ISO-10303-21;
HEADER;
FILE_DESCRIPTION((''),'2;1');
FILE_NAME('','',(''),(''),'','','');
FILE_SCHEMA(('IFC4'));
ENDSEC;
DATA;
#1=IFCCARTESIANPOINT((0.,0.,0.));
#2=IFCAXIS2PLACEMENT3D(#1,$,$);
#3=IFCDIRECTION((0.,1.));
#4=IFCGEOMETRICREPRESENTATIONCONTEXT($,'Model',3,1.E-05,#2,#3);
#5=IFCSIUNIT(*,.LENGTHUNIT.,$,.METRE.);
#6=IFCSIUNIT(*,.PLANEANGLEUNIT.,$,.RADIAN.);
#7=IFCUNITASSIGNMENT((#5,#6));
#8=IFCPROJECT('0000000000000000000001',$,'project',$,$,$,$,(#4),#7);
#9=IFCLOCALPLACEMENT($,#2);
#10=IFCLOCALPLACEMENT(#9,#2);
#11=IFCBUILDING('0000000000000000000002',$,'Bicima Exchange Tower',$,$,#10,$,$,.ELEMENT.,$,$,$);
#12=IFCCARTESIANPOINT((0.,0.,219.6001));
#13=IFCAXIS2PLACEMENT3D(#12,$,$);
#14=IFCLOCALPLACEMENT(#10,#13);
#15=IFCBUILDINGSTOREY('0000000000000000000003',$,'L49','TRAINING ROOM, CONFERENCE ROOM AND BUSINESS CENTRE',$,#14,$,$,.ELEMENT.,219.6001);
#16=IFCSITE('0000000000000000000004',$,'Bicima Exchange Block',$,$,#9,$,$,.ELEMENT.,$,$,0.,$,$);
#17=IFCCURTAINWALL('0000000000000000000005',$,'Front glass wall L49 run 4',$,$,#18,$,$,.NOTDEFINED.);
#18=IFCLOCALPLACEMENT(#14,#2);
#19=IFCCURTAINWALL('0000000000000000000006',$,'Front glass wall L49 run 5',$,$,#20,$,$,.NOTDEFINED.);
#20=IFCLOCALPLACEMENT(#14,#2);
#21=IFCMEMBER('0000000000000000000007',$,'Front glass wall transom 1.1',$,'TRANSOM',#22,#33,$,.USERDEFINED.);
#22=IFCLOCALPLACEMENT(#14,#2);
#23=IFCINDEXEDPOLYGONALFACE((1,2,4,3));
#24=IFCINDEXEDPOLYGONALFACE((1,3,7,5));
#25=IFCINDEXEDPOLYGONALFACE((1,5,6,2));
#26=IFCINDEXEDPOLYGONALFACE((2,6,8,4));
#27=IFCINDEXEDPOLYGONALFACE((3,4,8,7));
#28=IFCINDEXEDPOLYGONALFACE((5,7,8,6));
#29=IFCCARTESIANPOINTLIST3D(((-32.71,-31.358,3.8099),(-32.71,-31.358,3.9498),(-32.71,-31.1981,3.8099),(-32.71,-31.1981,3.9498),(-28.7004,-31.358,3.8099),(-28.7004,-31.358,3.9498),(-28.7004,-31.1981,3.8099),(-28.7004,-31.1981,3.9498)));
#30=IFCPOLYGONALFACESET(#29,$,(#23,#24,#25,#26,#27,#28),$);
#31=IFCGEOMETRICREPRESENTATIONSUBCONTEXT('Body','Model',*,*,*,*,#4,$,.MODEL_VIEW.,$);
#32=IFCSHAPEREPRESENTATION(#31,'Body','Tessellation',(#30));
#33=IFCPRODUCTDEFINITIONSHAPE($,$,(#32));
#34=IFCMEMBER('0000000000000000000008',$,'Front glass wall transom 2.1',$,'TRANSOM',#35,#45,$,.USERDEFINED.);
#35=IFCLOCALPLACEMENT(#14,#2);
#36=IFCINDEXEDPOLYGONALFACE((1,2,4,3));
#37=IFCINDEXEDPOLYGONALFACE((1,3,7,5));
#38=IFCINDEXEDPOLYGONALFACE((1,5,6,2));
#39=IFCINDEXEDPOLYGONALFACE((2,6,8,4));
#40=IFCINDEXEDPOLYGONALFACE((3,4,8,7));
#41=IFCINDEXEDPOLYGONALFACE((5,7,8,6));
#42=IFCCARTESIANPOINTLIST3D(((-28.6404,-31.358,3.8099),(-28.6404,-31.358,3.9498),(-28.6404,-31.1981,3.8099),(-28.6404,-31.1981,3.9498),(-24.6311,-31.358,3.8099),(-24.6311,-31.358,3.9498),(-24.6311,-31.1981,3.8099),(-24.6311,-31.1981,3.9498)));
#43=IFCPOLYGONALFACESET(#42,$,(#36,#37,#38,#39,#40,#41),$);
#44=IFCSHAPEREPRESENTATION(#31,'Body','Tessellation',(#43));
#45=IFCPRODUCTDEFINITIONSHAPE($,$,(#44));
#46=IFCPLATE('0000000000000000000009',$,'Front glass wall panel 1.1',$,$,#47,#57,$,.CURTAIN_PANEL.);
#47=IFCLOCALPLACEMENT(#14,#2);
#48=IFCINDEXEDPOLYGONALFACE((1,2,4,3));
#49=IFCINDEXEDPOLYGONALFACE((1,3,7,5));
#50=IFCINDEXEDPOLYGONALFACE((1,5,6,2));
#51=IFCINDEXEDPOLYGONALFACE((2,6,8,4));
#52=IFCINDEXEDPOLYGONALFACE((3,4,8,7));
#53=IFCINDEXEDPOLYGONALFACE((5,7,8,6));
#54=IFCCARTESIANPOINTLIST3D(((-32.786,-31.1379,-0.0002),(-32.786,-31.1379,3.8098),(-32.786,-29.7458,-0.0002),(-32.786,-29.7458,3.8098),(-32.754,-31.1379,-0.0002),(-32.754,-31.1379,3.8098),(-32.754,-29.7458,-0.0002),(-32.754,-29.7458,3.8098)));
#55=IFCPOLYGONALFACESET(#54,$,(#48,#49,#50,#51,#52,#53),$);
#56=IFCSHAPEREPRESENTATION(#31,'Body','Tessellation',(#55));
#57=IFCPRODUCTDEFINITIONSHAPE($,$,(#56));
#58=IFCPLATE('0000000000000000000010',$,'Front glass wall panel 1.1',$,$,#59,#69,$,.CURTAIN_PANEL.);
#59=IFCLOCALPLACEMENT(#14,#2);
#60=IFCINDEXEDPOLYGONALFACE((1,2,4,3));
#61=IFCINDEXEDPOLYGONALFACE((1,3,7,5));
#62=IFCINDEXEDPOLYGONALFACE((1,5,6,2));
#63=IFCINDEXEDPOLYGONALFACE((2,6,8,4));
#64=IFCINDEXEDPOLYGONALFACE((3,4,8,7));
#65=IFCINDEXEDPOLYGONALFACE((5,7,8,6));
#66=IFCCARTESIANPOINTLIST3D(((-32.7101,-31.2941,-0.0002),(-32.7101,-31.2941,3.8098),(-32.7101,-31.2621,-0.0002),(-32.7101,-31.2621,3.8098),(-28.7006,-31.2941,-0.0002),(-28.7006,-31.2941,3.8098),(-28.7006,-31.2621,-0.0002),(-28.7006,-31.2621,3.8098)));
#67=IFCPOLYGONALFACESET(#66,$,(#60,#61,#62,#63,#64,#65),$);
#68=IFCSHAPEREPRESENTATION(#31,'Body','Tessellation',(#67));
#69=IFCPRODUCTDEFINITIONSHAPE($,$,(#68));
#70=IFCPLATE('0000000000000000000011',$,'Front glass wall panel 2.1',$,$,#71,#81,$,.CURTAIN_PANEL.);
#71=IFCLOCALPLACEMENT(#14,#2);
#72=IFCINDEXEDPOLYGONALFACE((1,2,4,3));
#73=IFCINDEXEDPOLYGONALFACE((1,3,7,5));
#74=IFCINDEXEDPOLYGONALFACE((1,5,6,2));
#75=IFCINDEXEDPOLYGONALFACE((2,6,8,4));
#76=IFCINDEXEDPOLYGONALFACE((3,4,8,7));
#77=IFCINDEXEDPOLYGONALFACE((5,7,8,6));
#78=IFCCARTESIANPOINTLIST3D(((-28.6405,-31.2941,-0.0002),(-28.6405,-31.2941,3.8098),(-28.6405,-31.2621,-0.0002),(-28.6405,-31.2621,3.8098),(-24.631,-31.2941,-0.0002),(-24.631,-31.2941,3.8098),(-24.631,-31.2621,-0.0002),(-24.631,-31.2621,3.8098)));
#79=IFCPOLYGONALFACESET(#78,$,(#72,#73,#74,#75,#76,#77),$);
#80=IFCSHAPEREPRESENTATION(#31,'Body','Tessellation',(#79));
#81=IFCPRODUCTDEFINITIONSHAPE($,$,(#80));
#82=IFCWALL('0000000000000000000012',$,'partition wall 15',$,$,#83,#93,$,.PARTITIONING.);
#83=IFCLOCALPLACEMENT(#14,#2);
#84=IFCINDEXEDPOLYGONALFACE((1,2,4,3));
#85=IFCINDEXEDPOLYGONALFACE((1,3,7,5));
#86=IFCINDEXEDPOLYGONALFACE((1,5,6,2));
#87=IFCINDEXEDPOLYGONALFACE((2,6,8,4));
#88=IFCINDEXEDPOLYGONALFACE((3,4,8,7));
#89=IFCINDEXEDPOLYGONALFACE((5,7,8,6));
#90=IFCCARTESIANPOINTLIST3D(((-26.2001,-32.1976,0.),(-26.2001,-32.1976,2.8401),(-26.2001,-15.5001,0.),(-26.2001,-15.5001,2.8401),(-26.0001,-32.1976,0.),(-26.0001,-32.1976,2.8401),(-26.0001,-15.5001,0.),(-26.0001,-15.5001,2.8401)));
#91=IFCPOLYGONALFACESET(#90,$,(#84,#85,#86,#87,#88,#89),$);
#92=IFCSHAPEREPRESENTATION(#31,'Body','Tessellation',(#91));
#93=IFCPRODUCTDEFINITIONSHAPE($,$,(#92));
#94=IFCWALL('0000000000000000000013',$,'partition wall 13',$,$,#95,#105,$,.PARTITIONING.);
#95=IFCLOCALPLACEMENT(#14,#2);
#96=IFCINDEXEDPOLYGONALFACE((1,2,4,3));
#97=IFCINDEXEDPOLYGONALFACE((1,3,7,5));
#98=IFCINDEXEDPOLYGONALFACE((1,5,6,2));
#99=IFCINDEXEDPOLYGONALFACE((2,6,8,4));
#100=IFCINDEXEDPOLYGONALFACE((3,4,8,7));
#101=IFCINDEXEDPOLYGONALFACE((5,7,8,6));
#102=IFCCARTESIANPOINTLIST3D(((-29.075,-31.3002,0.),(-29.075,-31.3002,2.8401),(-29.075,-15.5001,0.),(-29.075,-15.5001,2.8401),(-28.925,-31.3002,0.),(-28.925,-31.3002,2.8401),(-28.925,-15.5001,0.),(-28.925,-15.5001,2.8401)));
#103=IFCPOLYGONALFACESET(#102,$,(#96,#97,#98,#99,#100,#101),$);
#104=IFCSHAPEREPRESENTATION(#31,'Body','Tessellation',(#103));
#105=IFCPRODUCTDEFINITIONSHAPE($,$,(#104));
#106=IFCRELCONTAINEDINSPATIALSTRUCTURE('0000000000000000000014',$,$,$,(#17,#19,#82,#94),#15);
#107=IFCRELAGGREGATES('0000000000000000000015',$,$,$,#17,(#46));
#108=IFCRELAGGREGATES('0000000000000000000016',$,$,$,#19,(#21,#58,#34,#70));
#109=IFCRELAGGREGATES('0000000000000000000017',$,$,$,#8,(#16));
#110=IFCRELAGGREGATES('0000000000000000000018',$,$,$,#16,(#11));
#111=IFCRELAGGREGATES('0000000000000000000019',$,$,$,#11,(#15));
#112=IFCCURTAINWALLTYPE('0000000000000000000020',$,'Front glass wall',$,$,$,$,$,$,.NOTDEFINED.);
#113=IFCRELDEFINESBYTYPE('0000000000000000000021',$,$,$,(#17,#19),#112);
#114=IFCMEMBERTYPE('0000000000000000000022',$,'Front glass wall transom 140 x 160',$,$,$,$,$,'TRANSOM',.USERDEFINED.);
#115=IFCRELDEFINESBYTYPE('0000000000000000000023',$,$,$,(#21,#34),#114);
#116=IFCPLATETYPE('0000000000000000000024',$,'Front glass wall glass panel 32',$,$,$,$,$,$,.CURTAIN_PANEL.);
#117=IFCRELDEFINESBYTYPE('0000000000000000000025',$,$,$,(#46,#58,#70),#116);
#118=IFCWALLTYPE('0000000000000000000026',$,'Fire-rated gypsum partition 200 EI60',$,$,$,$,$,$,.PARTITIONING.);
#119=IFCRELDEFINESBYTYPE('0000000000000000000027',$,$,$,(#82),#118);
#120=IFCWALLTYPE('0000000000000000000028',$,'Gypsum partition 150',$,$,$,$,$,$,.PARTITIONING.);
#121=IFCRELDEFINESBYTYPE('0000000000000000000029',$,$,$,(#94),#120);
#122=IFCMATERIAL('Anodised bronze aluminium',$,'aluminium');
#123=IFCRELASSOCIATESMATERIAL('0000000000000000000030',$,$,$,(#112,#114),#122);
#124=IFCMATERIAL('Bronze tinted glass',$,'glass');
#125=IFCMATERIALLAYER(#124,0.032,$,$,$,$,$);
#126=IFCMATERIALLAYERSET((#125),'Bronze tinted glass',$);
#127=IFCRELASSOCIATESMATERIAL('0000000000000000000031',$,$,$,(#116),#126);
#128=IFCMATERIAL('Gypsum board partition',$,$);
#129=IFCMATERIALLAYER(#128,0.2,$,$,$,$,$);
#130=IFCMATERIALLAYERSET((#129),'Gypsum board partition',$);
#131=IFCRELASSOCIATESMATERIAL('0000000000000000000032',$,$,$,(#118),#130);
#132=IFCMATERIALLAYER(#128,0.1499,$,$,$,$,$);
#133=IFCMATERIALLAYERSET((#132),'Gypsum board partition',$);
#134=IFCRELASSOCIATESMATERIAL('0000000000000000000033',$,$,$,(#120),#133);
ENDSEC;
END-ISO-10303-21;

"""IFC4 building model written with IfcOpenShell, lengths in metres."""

from ifc_helpers import new_model, si_unit, direction, frame, frame_2d, origin, origin_2d, place, context, subcontext, project, spatial, rectangle, extrude, material, layer, layer_set, material_profile, profile_set, type_object, element, aggregate, save


model = new_model("IFC4")

# Units and contexts
model_context = context("Model", 3, precision=1e-05, world=origin(), true_north=direction((0.0, 1.0)))
body_context = subcontext(model_context, "Body", "Model", "MODEL_VIEW")
ifc_project = project(units=[si_unit("LENGTHUNIT", "METRE"), si_unit("PLANEANGLEUNIT", "RADIAN")], contexts=[model_context])

# Site, building, storey
site_placement = place(None, origin())
site = spatial("IfcSite", under=ifc_project, at=site_placement, Name="Bicima Exchange Block", CompositionType="ELEMENT", RefElevation=0.0)
building_placement = place(site_placement, origin())
building = spatial("IfcBuilding", under=site, at=building_placement, Name="Bicima Exchange Tower", CompositionType="ELEMENT")
storey_placement = place(building_placement, frame((0.0, 0.0, 219.6001)))
storey = spatial("IfcBuildingStorey", under=building, at=storey_placement, Name="L49", Description="TRAINING ROOM, CONFERENCE ROOM AND BUSINESS CENTRE", CompositionType="ELEMENT", Elevation=219.6001)

# Shared definitions
ifc_material_1 = material(Name="Anodised bronze aluminium", Category="aluminium")
curtain_wall_type = type_object("IfcCurtainWallType", Name="Front glass wall", PredefinedType="NOTDEFINED", material=ifc_material_1)

# Curtain walls
curtain_wall_1_placement = place(storey_placement, origin())
curtain_wall_1 = element("IfcCurtainWall", 1, at=curtain_wall_1_placement, inside=storey, type_object=curtain_wall_type, Name="Front glass wall L49 run 4", PredefinedType="NOTDEFINED")
curtain_wall_2_placement = place(storey_placement, origin())
curtain_wall_2 = element("IfcCurtainWall", 2, at=curtain_wall_2_placement, inside=storey, type_object=curtain_wall_type, Name="Front glass wall L49 run 5", PredefinedType="NOTDEFINED")

# Members
ifc_material_profile_1 = material_profile(ifc_material_1, rectangle(XDim=0.1599, YDim=0.1399, at=origin_2d()))
ifc_profile_set_1 = profile_set([ifc_material_profile_1], Name="Anodised bronze aluminium")
member_type_1 = type_object("IfcMemberType", Name="Front glass wall transom 140 x 160", ElementType="TRANSOM", PredefinedType="USERDEFINED", material=ifc_profile_set_1)
member_1_placement = place(storey_placement, frame((-32.71, -31.2781, 3.8799), z_axis=(1.0, 0.0, 0.0), x_axis=(0.0, 1.0, 0.0)))
member_1 = element("IfcMember", 3, at=member_1_placement, type_object=member_type_1, Name="Front glass wall transom 1.1", ObjectType="TRANSOM", PredefinedType="USERDEFINED", context=body_context, shape_type="SweptSolid", body=[
    extrude(rectangle(XDim=0.1599, YDim=0.1399, at=origin_2d()), origin(), (0.0, 0.0, 1.0), 4.0095),
])
member_2_placement = place(storey_placement, frame((-28.6404, -31.2781, 3.8799), z_axis=(1.0, 0.0, 0.0), x_axis=(0.0, 1.0, 0.0)))
member_2 = element("IfcMember", 4, at=member_2_placement, type_object=member_type_1, Name="Front glass wall transom 2.1", ObjectType="TRANSOM", PredefinedType="USERDEFINED", context=body_context, shape_type="SweptSolid", body=[
    extrude(rectangle(XDim=0.1599, YDim=0.1399, at=origin_2d()), origin(), (0.0, 0.0, 1.0), 4.0093),
])

# Plates
ifc_material_2 = material(Name="Bronze tinted glass", Category="glass")
ifc_layer_1 = layer(ifc_material_2, 0.032)
ifc_layer_set_1 = layer_set([ifc_layer_1], Name="Bronze tinted glass")
plate_type = type_object("IfcPlateType", Name="Front glass wall glass panel 32", PredefinedType="CURTAIN_PANEL", material=ifc_layer_set_1)
plate_1_placement = place(storey_placement, frame((-32.77, -30.4419, -0.0002), z_axis=(0.0, 0.0, 1.0), x_axis=(0.0, -1.0, 0.0)))
plate_1 = element("IfcPlate", 5, at=plate_1_placement, type_object=plate_type, Name="Front glass wall panel 1.1", PredefinedType="CURTAIN_PANEL", context=body_context, shape_type="SweptSolid", body=[
    extrude(rectangle(XDim=1.3921, YDim=0.032, at=origin_2d()), origin(), (0.0, 0.0, 1.0), 3.8101),
])
aggregate(curtain_wall_1, [plate_1])
plate_2_placement = place(storey_placement, frame((-30.7053, -31.2781, -0.0002), z_axis=(0.0, 0.0, 1.0), x_axis=(1.0, 0.0, 0.0)))
plate_2 = element("IfcPlate", 6, at=plate_2_placement, type_object=plate_type, Name="Front glass wall panel 1.1", PredefinedType="CURTAIN_PANEL", context=body_context, shape_type="SweptSolid", body=[
    extrude(rectangle(XDim=4.0095, YDim=0.032, at=origin_2d()), origin(), (0.0, 0.0, 1.0), 3.8101),
])
plate_3_placement = place(storey_placement, frame((-26.6357, -31.2781, -0.0002), z_axis=(0.0, 0.0, 1.0), x_axis=(1.0, 0.0, 0.0)))
plate_3 = element("IfcPlate", 7, at=plate_3_placement, type_object=plate_type, Name="Front glass wall panel 2.1", PredefinedType="CURTAIN_PANEL", context=body_context, shape_type="SweptSolid", body=[
    extrude(rectangle(XDim=4.0095, YDim=0.032, at=origin_2d()), origin(), (0.0, 0.0, 1.0), 3.8101),
])
aggregate(curtain_wall_2, [member_1, plate_2, member_2, plate_3])

# Walls
ifc_material_3 = material(Name="Gypsum board partition")
ifc_layer_2 = layer(ifc_material_3, 0.2)
ifc_layer_set_2 = layer_set([ifc_layer_2], Name="Gypsum board partition")
wall_type_1 = type_object("IfcWallType", Name="Fire-rated gypsum partition 200 EI60", PredefinedType="PARTITIONING", material=ifc_layer_set_2)
wall_1_placement = place(storey_placement, frame((-26.1001, -32.1975, 0.0), z_axis=(0.0, 0.0, 1.0), x_axis=(0.0, 1.0, 0.0)))
element("IfcWall", 8, at=wall_1_placement, inside=storey, type_object=wall_type_1, Name="partition wall 15", PredefinedType="PARTITIONING", context=body_context, shape_type="SweptSolid", body=[
    extrude(rectangle(XDim=16.6975, YDim=0.2, at=frame_2d((8.3486, 0.0))), origin(), (0.0, 0.0, 1.0), 2.8401),
])
ifc_layer_3 = layer(ifc_material_3, 0.1499)
ifc_layer_set_3 = layer_set([ifc_layer_3], Name="Gypsum board partition")
wall_type_2 = type_object("IfcWallType", Name="Gypsum partition 150", PredefinedType="PARTITIONING", material=ifc_layer_set_3)
wall_2_placement = place(storey_placement, frame((-29.0, -31.3, 0.0), z_axis=(0.0, 0.0, 1.0), x_axis=(0.0, 1.0, 0.0)))
element("IfcWall", 9, at=wall_2_placement, inside=storey, type_object=wall_type_2, Name="partition wall 13", PredefinedType="PARTITIONING", context=body_context, shape_type="SweptSolid", body=[
    extrude(rectangle(XDim=15.8, YDim=0.1499, at=frame_2d((7.8999, 0.0))), origin(), (0.0, 0.0, 1.0), 2.8401),
])

save(model, "model.ifc")
